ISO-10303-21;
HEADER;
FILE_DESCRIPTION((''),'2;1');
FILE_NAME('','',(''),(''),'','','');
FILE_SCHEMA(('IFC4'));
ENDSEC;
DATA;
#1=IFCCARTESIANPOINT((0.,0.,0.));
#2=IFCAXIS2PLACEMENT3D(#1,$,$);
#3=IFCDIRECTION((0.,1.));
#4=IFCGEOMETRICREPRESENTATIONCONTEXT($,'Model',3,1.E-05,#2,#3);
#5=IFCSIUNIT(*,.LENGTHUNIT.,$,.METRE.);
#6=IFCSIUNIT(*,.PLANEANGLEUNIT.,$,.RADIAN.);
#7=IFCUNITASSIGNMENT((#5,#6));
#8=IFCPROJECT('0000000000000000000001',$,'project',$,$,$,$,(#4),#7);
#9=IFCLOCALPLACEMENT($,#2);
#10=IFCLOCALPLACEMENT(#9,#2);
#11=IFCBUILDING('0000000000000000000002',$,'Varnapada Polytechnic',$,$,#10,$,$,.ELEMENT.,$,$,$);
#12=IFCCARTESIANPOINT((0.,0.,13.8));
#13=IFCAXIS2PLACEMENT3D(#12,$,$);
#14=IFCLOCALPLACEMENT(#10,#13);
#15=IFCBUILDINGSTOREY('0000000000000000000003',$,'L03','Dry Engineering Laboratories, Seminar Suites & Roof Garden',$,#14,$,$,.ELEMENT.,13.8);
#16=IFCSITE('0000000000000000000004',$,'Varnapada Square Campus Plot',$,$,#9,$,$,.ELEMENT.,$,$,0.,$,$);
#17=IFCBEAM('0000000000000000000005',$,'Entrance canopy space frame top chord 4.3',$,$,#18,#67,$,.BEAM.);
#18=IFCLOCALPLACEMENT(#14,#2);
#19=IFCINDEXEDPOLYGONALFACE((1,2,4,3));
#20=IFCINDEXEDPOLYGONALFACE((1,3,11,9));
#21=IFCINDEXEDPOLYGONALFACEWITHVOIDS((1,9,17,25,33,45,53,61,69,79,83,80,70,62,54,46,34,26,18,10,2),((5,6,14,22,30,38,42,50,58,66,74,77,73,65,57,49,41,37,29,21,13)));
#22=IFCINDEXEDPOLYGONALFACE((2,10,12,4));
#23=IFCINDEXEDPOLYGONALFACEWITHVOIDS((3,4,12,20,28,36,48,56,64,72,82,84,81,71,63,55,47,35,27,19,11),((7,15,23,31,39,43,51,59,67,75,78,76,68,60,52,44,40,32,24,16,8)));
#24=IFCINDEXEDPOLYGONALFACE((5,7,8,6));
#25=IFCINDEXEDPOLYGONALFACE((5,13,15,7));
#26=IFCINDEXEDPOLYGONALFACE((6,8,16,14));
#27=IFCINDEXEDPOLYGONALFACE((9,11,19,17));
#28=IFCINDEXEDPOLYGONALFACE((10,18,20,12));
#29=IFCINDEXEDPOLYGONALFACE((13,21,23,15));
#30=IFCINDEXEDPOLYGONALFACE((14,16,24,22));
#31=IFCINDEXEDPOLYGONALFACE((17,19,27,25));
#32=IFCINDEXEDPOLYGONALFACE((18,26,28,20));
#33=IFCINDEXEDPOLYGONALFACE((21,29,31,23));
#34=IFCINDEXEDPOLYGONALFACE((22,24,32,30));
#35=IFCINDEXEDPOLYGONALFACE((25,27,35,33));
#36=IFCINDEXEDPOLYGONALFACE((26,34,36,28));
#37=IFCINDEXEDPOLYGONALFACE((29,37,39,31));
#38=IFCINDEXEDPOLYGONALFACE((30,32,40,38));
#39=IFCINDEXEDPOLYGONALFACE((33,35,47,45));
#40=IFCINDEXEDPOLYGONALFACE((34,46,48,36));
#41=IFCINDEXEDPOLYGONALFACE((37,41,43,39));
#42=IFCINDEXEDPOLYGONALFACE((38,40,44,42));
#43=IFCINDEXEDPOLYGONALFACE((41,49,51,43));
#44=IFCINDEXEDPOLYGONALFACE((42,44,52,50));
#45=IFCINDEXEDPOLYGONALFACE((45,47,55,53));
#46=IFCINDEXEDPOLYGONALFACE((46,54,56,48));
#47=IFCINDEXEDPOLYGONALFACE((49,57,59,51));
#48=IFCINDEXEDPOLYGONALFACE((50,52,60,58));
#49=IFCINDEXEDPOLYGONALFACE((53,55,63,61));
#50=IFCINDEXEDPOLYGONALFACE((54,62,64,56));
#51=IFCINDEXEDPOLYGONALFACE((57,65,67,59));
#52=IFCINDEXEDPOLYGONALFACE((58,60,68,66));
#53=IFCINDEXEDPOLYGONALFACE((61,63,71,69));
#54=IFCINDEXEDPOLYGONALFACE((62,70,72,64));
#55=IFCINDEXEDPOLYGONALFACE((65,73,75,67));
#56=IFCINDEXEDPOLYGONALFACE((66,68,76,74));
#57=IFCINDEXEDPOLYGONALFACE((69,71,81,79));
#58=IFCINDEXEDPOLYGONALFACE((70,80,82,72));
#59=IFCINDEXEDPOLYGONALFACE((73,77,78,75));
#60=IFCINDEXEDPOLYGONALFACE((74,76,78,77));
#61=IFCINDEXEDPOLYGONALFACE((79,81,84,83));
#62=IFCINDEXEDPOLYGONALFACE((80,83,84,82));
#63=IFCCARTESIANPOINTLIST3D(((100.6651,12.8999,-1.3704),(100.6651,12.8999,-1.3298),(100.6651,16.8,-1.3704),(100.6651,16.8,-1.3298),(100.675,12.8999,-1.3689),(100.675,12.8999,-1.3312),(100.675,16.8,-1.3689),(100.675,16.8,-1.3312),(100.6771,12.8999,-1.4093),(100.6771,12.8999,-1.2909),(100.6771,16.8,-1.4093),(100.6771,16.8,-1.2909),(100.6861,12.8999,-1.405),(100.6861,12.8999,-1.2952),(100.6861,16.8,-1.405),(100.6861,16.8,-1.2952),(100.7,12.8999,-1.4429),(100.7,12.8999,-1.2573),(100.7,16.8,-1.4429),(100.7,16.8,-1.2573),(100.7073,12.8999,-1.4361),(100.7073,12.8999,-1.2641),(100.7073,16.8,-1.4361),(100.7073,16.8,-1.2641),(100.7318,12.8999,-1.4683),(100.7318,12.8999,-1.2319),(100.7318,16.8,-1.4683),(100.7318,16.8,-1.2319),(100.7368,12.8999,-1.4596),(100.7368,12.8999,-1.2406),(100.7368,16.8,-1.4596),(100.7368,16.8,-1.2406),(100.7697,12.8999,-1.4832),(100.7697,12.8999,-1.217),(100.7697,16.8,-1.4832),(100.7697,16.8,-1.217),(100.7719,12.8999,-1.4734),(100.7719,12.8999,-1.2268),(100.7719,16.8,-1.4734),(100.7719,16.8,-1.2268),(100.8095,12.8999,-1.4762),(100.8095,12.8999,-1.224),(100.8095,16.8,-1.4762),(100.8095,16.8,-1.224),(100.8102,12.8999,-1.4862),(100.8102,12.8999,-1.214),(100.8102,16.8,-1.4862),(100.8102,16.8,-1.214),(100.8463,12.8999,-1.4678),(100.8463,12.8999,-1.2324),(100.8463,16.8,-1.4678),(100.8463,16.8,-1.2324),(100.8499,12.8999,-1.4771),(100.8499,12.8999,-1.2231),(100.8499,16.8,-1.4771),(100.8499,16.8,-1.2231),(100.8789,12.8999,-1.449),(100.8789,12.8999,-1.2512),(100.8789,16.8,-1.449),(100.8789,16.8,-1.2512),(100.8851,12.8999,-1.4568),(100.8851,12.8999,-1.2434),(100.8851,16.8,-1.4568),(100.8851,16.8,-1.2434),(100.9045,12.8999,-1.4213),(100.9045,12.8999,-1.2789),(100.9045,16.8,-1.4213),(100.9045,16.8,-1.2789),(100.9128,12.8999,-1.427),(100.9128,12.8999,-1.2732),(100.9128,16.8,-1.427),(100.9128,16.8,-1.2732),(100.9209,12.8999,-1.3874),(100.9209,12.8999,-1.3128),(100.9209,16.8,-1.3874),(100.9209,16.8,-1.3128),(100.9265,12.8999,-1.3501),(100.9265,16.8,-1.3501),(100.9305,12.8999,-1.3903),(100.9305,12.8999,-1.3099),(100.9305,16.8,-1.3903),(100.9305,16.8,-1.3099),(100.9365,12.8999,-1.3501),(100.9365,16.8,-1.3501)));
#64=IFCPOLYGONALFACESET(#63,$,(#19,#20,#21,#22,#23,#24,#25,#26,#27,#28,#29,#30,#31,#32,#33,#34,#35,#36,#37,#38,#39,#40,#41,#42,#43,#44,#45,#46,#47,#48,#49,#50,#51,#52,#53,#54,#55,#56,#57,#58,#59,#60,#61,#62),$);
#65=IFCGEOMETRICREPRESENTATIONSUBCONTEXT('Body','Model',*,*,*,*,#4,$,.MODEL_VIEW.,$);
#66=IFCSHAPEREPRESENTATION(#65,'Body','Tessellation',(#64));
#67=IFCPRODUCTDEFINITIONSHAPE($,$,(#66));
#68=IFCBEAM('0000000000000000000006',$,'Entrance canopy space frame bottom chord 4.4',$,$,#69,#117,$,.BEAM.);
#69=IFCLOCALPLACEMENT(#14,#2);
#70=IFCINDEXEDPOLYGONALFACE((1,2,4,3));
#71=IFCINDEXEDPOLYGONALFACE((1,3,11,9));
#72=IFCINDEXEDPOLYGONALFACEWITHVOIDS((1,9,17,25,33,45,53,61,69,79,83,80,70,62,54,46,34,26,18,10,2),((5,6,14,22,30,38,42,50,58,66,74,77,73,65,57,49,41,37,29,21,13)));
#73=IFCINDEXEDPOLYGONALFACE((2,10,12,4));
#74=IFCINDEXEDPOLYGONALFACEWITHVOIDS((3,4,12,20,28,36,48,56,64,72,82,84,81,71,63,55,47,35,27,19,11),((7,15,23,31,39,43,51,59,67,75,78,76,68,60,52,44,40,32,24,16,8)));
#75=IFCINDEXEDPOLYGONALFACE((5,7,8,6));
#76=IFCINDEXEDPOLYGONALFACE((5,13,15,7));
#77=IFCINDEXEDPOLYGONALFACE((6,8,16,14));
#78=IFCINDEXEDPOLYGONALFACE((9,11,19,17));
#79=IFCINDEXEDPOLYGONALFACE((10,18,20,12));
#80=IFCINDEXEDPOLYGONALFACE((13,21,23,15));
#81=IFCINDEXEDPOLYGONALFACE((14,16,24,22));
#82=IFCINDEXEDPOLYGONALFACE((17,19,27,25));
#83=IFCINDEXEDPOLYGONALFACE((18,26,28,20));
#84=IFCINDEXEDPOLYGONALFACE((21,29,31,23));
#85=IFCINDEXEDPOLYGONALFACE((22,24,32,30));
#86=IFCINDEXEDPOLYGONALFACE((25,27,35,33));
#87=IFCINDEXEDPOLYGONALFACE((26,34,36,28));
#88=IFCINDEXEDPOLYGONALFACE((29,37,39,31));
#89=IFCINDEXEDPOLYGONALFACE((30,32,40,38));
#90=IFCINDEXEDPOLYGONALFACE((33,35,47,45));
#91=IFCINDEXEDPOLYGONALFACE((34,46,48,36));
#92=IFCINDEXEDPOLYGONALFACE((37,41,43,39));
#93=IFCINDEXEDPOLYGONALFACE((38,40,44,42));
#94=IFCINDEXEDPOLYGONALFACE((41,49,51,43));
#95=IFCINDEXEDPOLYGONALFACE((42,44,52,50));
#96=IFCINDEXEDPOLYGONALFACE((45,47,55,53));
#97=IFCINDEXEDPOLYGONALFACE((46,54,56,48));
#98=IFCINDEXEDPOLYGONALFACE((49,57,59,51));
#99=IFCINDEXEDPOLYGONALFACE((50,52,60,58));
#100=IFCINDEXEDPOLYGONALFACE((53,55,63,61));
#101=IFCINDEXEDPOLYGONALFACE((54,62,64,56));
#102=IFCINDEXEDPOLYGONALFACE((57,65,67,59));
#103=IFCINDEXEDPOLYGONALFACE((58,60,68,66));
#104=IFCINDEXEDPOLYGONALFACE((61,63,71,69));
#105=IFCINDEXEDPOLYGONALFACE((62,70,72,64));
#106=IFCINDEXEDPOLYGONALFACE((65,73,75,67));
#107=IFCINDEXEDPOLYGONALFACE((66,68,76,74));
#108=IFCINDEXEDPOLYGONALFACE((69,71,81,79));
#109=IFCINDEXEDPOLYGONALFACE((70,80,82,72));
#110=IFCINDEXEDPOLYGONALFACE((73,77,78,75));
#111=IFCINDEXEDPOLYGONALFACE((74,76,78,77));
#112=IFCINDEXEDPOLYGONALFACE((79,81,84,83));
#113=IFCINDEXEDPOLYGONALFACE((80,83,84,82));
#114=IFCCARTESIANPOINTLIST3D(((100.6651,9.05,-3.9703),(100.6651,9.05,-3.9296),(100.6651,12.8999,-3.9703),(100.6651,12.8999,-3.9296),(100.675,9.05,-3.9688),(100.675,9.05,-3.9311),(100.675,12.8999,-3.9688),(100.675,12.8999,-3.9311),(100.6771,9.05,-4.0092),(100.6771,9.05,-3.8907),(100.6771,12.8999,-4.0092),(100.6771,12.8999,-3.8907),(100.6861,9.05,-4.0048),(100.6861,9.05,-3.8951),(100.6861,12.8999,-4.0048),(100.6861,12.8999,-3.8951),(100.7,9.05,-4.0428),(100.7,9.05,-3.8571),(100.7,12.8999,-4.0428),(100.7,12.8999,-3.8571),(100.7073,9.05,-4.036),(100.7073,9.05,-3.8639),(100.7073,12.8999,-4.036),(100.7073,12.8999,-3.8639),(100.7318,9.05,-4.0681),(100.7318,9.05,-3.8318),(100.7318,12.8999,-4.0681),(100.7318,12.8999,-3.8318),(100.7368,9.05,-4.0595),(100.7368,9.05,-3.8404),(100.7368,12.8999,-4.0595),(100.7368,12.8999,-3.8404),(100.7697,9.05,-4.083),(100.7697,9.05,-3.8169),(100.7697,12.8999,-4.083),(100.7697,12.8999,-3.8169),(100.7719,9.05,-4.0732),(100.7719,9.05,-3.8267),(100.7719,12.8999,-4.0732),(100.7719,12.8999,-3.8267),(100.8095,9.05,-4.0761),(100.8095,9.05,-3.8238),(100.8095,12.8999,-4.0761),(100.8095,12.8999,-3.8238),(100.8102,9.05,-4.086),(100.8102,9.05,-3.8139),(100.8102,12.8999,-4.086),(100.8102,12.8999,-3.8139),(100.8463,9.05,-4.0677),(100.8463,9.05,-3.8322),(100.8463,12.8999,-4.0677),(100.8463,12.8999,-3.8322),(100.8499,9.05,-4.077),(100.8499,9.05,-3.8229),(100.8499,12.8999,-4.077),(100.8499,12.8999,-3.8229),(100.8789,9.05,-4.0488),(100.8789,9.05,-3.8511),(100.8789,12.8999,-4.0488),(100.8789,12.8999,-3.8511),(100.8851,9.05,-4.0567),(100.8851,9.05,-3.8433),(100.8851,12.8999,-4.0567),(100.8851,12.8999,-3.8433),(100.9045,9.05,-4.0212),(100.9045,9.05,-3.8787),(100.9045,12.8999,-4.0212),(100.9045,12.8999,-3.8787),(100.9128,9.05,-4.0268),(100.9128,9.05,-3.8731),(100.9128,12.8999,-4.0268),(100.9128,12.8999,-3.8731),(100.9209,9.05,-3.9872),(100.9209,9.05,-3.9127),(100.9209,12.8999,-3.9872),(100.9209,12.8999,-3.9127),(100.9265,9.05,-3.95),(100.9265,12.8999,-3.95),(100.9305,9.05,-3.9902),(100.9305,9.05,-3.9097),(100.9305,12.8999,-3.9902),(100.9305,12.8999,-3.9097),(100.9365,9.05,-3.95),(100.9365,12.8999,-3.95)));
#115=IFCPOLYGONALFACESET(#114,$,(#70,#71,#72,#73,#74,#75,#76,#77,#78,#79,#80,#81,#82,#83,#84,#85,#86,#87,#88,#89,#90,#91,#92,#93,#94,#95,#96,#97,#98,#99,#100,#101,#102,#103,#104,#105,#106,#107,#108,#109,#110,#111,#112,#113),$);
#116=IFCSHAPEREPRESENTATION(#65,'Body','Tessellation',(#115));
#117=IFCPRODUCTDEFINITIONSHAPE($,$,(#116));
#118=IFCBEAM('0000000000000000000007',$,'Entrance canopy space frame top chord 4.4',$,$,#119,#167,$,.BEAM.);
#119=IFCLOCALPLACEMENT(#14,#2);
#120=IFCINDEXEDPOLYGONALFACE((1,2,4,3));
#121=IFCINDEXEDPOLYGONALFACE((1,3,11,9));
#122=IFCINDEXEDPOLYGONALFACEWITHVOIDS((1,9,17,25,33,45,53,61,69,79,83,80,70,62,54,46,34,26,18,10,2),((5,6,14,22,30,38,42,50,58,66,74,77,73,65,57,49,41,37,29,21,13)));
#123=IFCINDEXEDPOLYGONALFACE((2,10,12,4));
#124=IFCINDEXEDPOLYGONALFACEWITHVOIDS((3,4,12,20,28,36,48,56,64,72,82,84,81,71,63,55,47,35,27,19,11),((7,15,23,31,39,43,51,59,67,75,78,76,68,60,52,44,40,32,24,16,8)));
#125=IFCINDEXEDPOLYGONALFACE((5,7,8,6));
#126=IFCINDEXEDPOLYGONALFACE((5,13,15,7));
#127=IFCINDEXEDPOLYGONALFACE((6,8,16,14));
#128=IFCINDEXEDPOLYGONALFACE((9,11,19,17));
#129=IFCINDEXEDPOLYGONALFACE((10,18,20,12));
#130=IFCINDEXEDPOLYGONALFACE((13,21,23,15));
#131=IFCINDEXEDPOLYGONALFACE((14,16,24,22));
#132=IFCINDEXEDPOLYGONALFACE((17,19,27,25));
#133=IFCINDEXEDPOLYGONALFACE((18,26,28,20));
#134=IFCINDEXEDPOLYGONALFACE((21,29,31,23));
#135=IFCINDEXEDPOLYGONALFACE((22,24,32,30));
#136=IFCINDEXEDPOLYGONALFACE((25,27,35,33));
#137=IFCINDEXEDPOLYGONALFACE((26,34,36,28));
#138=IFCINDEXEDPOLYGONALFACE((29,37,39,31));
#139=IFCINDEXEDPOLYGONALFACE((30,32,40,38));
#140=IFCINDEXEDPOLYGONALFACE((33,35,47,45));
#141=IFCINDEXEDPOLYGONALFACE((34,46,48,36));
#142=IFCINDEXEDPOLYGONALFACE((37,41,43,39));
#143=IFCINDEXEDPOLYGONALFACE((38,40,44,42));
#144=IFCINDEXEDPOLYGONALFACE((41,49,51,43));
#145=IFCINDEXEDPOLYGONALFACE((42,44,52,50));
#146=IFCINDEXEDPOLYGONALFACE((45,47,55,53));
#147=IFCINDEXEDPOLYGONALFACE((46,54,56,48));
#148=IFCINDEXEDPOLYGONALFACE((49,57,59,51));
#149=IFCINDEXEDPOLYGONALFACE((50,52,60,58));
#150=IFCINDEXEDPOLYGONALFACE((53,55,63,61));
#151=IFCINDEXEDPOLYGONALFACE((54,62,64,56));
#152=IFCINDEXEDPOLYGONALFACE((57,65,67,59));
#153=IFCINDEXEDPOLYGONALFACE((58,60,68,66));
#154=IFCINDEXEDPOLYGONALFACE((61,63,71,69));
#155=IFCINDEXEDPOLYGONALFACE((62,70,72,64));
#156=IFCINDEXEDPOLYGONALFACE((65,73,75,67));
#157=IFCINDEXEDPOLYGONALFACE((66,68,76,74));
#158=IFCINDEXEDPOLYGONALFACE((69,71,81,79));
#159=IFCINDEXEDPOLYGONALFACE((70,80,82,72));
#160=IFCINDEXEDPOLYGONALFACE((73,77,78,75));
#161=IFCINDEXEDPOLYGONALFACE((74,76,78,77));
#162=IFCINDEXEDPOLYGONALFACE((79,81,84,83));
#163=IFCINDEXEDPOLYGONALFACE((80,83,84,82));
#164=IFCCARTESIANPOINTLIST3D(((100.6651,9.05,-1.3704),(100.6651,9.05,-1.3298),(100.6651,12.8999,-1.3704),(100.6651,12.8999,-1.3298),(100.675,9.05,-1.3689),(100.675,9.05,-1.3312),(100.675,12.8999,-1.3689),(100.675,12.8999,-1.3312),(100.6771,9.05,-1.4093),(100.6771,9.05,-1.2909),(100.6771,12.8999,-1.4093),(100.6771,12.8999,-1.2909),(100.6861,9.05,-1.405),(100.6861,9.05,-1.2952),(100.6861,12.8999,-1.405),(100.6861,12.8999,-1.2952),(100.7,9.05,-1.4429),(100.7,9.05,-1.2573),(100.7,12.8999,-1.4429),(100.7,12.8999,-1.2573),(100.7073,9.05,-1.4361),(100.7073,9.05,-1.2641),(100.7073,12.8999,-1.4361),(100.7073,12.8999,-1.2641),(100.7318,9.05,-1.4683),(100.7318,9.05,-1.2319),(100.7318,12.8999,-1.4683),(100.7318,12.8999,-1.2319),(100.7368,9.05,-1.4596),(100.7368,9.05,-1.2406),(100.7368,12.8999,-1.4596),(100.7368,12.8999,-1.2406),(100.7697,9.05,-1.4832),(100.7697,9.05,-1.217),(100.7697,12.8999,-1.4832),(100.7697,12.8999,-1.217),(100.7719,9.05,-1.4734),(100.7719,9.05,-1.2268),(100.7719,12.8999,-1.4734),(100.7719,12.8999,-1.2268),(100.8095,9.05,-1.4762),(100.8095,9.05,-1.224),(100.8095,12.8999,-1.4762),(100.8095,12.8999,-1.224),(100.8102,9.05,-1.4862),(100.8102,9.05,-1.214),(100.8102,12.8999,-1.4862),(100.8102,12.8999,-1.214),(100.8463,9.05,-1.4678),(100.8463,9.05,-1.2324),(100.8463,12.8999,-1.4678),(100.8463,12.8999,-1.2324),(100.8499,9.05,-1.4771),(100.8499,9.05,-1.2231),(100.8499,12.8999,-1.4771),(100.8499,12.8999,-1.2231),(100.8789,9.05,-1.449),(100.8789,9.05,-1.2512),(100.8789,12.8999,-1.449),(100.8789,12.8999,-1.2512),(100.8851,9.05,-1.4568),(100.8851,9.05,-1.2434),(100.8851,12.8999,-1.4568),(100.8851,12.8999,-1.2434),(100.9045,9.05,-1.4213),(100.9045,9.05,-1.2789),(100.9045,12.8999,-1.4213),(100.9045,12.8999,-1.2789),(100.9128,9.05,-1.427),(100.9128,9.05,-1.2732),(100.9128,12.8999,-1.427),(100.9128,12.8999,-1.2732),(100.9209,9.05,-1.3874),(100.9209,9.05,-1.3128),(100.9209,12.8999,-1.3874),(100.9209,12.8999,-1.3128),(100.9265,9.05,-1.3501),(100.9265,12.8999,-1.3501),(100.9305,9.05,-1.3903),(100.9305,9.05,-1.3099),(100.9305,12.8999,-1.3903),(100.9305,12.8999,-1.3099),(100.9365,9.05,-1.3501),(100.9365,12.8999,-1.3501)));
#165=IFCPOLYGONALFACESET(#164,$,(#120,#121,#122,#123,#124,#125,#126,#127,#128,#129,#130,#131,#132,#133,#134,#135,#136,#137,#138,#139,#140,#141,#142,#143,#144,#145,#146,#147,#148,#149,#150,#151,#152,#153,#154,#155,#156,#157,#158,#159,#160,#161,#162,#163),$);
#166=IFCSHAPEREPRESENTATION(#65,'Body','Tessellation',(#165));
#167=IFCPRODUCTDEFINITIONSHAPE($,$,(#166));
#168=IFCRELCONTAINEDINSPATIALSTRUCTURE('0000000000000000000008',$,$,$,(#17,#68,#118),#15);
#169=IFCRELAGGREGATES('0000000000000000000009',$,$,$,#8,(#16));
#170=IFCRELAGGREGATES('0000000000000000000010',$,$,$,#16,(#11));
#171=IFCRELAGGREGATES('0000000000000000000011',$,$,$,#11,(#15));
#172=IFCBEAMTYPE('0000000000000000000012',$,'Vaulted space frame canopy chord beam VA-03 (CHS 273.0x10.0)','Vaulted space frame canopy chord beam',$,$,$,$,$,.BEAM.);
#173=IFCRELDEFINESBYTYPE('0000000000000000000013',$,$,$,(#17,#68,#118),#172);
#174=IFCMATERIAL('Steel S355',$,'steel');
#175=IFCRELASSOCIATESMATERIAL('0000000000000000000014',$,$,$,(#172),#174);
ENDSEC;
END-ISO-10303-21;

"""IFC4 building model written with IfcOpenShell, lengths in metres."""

from ifc_helpers import new_model, si_unit, direction, frame, origin, origin_2d, place, context, subcontext, project, spatial, hollow_circle, extrude, material, material_profile, profile_set, type_object, element, save


model = new_model("IFC4")

# Units and contexts
model_context = context("Model", 3, precision=1e-05, world=origin(), true_north=direction((0.0, 1.0)))
body_context = subcontext(model_context, "Body", "Model", "MODEL_VIEW")
ifc_project = project(units=[si_unit("LENGTHUNIT", "METRE"), si_unit("PLANEANGLEUNIT", "RADIAN")], contexts=[model_context])

# Site, building, storey
site_placement = place(None, origin())
site = spatial("IfcSite", under=ifc_project, at=site_placement, Name="Varnapada Square Campus Plot", CompositionType="ELEMENT", RefElevation=0.0)
building_placement = place(site_placement, origin())
building = spatial("IfcBuilding", under=site, at=building_placement, Name="Varnapada Polytechnic", CompositionType="ELEMENT")
storey_placement = place(building_placement, frame((0.0, 0.0, 13.8)))
storey = spatial("IfcBuildingStorey", under=building, at=storey_placement, Name="L03", Description="Dry Engineering Laboratories, Seminar Suites & Roof Garden", CompositionType="ELEMENT", Elevation=13.8)

# Shared definitions
ifc_material = material(Name="Steel S355", Category="steel")

# Beams
ifc_material_profile_1 = material_profile(ifc_material, hollow_circle(Radius=0.1365, WallThickness=0.01, at=origin_2d()), Name="CHS 273.0x10.0")
ifc_profile_set_1 = profile_set([ifc_material_profile_1], Name="Steel S355")
beam_type = type_object("IfcBeamType", Name="Vaulted space frame canopy chord beam VA-03 (CHS 273.0x10.0)", Description="Vaulted space frame canopy chord beam", PredefinedType="BEAM", material=ifc_profile_set_1)
for number, where, z_axis, x_axis, name in (
    (1, (100.8, 16.8, -1.3501), (0.0, -1.0, 0.0), (1.0, 0.0, 0.0), "Entrance canopy space frame top chord 4.3"),
):
    element("IfcBeam", number, at=place(storey_placement, frame(where, z_axis=z_axis, x_axis=x_axis)), inside=storey, type_object=beam_type, Name=name, PredefinedType="BEAM", context=body_context, shape_type="SweptSolid", body=[
        extrude(hollow_circle(Radius=0.1365, WallThickness=0.01, at=origin_2d()), origin(), (0.0, 0.0, 1.0), 3.9001),
    ])
for number, where, z_axis, x_axis, name in (
    (2, (100.8, 12.8999, -3.95), (0.0, -1.0, 0.0), (1.0, 0.0, 0.0), "Entrance canopy space frame bottom chord 4.4"),
    (3, (100.8, 12.8999, -1.3501), (0.0, -1.0, 0.0), (1.0, 0.0, 0.0), "Entrance canopy space frame top chord 4.4"),
):
    element("IfcBeam", number, at=place(storey_placement, frame(where, z_axis=z_axis, x_axis=x_axis)), inside=storey, type_object=beam_type, Name=name, PredefinedType="BEAM", context=body_context, shape_type="SweptSolid", body=[
        extrude(hollow_circle(Radius=0.1365, WallThickness=0.01, at=origin_2d()), origin(), (0.0, 0.0, 1.0), 3.8499),
    ])

save(model, "model.ifc")
